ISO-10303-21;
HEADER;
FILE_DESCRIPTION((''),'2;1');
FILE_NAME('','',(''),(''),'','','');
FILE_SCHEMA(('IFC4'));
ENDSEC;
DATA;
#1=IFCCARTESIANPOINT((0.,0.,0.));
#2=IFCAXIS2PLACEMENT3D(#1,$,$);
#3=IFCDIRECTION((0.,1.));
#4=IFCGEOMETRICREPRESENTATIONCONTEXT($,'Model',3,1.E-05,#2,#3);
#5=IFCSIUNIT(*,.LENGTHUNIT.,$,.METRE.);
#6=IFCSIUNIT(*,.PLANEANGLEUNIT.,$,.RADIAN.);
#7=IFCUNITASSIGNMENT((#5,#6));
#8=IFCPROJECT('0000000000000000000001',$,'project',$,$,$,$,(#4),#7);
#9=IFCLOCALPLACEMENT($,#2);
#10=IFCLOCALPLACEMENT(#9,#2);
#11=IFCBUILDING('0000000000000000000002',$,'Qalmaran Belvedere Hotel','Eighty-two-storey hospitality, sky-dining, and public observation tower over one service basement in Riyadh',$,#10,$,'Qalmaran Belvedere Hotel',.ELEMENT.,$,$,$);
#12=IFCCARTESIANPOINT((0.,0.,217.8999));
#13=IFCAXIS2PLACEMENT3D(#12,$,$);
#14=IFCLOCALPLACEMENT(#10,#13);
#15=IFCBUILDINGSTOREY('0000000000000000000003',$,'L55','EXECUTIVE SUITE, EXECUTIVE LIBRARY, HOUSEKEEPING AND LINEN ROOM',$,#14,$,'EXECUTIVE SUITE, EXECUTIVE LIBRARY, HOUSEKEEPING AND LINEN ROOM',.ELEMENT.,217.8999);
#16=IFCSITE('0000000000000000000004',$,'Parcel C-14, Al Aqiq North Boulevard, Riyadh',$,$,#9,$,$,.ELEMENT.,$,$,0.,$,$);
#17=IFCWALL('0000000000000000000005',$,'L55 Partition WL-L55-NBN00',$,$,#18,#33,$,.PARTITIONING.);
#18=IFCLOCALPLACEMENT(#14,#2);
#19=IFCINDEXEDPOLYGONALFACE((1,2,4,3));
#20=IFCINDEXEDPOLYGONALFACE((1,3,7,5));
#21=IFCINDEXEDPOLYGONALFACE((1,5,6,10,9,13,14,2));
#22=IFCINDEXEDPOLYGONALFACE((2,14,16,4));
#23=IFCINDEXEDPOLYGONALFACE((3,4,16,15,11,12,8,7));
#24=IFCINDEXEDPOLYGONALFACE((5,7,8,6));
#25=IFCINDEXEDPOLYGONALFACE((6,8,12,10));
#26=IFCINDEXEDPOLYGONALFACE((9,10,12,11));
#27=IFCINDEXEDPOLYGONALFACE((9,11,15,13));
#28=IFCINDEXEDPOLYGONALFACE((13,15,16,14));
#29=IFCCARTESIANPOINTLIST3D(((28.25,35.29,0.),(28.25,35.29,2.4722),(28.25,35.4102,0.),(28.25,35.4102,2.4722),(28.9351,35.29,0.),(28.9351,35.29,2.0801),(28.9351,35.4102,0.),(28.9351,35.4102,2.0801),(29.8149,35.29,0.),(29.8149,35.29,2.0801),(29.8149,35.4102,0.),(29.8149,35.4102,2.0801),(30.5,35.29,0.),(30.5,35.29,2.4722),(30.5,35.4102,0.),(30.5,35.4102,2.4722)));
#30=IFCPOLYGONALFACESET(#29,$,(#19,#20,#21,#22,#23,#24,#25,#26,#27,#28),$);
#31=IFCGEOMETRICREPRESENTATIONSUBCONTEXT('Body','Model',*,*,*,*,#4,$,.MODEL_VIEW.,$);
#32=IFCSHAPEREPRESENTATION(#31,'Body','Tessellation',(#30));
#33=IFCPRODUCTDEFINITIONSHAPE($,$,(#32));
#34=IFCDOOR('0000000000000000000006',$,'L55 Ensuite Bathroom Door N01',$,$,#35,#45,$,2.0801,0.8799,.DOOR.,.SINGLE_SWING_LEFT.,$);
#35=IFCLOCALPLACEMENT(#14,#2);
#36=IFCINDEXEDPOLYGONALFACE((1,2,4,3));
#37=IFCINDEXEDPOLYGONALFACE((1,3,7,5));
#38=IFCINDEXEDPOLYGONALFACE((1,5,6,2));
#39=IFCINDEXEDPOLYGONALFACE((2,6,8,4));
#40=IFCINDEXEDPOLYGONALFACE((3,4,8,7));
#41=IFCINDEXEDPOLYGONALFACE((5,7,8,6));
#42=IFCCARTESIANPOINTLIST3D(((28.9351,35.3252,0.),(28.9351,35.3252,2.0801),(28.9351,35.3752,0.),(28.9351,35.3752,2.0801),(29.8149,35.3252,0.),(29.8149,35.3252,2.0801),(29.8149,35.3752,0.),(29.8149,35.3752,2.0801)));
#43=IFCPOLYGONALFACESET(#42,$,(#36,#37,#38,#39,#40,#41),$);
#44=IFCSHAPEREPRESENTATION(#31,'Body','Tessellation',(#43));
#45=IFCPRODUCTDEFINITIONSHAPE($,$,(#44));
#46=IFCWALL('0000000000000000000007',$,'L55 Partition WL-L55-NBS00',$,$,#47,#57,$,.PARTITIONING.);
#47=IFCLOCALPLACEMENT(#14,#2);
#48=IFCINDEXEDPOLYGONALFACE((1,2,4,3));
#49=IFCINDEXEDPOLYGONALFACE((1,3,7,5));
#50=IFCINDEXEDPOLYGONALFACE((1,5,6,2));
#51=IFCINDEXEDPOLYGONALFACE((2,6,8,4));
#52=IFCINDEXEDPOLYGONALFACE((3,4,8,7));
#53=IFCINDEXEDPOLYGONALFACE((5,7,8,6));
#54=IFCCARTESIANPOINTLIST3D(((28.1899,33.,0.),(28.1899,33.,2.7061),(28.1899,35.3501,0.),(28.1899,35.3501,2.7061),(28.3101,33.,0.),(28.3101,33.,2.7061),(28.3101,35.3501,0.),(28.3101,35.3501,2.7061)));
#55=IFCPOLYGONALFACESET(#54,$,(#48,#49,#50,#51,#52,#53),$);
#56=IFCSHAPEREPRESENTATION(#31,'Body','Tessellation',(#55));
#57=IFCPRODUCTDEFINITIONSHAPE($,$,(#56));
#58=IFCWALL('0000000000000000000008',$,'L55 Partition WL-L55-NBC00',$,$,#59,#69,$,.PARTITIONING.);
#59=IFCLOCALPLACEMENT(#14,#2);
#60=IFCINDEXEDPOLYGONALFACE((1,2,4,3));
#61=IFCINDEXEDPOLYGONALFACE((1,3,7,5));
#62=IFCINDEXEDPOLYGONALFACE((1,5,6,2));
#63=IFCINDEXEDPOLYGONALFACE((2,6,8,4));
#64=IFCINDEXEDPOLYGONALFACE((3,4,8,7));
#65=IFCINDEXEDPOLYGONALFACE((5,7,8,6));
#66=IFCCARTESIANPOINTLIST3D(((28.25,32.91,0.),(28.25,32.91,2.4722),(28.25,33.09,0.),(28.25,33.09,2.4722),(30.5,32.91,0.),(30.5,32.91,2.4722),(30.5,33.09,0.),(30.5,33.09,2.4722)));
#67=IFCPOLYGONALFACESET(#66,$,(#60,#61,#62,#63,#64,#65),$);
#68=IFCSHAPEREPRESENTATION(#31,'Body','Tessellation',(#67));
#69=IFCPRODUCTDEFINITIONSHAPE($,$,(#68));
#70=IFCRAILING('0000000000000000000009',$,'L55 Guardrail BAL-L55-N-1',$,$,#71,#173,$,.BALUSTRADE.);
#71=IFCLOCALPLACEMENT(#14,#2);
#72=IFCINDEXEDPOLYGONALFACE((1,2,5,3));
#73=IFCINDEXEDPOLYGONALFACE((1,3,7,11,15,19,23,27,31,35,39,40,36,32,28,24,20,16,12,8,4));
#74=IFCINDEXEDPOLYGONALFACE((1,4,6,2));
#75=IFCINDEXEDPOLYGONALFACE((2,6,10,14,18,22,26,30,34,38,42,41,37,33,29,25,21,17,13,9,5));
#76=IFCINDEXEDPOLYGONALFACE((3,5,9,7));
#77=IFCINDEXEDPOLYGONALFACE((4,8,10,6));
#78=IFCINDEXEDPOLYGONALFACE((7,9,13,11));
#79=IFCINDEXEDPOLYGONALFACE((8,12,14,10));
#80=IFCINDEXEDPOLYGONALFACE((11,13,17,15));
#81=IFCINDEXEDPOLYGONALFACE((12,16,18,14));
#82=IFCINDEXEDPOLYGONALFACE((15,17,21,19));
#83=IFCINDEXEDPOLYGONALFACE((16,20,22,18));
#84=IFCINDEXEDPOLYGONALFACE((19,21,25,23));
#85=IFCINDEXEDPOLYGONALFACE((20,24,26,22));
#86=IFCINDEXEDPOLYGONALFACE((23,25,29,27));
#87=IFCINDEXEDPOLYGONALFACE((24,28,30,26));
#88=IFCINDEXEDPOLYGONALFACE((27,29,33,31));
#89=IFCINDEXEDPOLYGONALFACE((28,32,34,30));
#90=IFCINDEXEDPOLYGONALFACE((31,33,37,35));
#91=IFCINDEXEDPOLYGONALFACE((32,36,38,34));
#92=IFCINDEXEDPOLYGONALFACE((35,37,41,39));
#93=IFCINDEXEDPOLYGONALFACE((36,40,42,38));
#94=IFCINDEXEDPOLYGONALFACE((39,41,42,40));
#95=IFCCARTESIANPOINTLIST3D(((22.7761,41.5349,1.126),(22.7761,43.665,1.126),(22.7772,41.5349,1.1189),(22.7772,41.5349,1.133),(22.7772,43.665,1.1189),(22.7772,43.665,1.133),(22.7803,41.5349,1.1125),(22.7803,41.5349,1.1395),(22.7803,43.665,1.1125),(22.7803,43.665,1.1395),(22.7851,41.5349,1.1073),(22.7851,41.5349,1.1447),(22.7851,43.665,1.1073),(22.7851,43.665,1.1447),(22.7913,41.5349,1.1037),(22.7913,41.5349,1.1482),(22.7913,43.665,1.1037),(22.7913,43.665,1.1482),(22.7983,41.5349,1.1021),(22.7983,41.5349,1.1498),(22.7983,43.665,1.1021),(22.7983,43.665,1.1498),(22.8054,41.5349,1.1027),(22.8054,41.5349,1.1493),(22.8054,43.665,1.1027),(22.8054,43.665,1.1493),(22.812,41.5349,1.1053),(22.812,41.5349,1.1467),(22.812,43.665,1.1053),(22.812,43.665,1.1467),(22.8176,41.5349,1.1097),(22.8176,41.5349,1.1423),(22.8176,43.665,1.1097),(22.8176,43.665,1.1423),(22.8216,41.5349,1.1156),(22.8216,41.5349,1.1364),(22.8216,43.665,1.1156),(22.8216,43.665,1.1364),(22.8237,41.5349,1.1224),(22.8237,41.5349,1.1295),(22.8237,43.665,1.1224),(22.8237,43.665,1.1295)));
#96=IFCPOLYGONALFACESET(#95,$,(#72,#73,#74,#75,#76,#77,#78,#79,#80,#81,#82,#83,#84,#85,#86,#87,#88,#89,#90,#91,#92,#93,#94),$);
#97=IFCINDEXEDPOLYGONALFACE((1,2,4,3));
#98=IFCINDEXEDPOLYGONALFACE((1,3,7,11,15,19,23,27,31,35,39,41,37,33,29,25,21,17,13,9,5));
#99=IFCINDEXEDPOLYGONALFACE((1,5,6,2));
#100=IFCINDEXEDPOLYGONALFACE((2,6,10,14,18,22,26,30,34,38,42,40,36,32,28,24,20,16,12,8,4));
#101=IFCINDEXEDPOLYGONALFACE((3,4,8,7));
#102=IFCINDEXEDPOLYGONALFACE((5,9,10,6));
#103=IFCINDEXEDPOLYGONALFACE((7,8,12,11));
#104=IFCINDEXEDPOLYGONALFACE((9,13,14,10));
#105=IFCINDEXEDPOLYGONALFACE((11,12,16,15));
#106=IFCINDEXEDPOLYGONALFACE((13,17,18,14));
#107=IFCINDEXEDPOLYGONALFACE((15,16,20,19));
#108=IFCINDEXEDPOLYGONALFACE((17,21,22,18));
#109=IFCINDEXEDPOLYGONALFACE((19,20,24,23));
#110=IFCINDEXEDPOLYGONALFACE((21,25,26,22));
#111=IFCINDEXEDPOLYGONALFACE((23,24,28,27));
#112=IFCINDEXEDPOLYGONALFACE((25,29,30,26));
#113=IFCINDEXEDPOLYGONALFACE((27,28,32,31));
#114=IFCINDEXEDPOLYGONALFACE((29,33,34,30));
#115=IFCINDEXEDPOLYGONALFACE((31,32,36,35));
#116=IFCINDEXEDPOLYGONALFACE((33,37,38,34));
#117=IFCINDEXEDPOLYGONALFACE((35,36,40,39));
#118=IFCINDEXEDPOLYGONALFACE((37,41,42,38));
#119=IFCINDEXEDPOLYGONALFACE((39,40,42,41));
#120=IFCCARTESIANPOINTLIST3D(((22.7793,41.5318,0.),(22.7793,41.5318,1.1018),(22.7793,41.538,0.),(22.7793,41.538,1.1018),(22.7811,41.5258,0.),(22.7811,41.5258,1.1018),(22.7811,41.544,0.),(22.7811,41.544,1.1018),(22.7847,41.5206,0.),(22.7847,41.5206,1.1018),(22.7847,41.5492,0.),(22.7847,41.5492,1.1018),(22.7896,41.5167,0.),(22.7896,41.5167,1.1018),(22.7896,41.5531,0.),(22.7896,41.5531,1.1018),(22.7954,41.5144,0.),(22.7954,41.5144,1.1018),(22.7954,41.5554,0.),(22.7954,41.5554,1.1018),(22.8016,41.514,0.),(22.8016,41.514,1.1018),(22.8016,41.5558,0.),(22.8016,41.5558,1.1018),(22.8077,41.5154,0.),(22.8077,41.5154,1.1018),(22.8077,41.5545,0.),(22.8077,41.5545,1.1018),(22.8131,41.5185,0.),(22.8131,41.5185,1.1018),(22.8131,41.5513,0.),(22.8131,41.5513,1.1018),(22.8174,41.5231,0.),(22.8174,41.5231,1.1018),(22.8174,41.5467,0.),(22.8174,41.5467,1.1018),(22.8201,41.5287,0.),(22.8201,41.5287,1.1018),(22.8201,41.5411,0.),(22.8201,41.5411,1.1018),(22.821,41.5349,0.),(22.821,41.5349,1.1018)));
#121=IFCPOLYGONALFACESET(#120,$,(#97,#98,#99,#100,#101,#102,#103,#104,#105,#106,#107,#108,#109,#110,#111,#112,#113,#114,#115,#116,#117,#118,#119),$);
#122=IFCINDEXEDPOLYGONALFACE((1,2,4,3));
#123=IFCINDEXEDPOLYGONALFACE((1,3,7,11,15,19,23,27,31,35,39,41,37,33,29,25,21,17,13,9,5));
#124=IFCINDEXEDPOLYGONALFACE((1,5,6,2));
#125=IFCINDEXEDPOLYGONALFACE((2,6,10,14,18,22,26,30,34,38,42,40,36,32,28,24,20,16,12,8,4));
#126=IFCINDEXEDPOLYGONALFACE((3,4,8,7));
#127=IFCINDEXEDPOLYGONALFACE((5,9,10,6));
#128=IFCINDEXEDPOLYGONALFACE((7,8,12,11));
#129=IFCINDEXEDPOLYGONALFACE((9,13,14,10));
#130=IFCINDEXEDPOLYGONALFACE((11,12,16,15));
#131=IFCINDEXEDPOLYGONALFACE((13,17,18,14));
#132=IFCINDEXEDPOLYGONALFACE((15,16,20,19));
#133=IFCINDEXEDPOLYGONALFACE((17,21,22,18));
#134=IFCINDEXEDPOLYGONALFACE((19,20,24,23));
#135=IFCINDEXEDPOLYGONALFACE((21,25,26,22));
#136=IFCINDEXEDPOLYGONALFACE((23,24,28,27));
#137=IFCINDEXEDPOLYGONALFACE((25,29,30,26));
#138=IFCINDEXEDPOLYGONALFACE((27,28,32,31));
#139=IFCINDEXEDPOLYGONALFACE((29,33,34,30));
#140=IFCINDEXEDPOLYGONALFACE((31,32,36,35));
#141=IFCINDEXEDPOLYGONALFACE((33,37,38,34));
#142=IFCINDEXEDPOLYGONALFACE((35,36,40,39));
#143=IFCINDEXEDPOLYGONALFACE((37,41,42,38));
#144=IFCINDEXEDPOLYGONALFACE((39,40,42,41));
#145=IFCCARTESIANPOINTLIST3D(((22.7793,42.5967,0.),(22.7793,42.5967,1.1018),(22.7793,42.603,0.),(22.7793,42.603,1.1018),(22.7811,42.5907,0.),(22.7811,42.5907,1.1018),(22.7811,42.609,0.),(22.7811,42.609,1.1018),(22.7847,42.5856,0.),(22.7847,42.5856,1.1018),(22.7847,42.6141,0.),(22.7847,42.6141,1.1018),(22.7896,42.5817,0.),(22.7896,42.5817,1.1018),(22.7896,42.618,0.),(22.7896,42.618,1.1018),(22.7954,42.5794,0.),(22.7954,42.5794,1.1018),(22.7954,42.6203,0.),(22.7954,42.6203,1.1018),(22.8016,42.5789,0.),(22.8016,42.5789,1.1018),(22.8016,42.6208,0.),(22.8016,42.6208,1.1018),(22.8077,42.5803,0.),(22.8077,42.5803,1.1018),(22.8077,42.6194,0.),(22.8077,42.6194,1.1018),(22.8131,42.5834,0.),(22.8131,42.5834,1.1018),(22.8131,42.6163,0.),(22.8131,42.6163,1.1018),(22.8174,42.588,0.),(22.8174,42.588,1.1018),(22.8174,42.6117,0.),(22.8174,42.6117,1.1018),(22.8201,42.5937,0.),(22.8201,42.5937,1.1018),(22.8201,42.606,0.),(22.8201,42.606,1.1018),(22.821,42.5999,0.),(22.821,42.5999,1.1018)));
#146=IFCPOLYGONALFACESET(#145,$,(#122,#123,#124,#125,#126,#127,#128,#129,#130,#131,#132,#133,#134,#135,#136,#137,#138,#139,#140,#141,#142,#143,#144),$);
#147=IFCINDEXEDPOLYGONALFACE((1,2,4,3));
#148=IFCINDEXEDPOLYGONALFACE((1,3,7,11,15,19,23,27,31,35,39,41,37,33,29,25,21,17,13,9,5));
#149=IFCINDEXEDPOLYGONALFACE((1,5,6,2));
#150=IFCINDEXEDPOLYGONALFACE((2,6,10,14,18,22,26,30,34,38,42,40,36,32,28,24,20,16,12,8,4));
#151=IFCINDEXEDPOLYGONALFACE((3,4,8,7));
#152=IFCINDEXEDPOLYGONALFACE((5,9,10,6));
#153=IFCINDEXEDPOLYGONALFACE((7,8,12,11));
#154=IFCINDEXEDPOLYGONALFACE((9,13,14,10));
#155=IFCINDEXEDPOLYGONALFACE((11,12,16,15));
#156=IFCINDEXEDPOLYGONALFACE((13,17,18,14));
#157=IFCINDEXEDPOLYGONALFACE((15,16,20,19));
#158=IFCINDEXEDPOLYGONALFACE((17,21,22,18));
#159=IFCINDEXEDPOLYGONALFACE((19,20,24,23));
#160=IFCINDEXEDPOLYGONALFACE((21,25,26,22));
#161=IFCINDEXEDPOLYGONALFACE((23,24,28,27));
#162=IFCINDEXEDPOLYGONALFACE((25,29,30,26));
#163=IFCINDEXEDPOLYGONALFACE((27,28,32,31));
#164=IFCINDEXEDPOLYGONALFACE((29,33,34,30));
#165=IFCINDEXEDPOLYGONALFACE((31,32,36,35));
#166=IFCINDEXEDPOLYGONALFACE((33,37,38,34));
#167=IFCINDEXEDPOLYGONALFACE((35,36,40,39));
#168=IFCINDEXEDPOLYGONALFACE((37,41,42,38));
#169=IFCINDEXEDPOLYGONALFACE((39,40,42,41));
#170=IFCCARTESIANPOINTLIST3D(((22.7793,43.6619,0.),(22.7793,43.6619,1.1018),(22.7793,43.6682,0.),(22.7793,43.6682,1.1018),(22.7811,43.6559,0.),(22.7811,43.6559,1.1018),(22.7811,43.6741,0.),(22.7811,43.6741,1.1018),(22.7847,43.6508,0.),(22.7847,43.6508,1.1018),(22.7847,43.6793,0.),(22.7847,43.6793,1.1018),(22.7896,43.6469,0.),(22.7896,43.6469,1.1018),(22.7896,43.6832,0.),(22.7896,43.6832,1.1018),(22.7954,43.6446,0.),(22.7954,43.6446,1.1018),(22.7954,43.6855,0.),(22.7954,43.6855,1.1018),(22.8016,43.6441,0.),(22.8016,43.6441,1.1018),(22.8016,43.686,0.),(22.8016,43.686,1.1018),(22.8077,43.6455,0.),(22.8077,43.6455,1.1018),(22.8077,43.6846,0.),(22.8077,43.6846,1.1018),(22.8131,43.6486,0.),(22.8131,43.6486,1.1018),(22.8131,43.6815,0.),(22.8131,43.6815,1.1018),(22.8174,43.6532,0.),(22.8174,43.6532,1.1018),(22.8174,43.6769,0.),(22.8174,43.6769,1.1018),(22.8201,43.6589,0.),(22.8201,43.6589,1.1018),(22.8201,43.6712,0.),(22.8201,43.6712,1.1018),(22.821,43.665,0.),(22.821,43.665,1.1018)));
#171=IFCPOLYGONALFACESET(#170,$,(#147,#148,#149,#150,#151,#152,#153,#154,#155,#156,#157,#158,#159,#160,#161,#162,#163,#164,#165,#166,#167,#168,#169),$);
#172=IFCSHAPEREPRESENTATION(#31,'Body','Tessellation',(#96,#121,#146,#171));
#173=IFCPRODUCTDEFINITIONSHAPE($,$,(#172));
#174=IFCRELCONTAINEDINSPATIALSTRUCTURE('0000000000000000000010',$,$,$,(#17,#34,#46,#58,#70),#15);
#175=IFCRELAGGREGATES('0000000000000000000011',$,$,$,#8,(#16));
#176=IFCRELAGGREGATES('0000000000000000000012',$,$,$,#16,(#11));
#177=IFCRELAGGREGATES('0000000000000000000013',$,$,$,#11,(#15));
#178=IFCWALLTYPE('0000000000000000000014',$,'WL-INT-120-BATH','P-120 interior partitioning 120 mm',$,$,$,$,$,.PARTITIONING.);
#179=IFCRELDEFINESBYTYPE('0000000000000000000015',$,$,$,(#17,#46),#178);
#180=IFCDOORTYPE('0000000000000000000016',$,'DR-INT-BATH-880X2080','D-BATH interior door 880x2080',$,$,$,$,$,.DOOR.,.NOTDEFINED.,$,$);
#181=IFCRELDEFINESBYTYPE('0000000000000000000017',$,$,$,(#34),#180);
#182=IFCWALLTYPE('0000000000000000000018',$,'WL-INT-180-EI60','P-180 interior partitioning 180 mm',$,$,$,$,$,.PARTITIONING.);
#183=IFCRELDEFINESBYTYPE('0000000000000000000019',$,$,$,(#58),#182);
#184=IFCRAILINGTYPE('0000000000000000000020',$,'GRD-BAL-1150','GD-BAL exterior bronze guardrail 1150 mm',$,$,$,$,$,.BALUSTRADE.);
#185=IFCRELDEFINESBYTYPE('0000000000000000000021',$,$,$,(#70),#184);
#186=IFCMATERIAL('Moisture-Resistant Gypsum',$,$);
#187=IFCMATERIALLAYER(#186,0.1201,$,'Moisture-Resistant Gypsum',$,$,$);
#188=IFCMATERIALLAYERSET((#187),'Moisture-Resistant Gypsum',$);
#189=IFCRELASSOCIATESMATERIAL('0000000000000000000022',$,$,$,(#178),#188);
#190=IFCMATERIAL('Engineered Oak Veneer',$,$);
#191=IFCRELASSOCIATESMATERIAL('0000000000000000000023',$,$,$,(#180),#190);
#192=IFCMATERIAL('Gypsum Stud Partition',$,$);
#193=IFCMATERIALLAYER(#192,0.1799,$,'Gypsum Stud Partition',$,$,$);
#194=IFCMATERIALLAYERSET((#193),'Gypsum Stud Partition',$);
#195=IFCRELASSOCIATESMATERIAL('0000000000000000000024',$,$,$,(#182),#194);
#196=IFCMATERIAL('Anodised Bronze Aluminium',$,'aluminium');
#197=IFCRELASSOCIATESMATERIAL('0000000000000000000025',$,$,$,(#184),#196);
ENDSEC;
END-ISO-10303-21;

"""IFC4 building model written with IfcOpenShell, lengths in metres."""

from ifc_helpers import new_model, si_unit, direction, frame, frame_2d, origin, origin_2d, place, context, subcontext, project, spatial, rectangle, circle, extrude, material, layer, layer_set, type_object, element, fill, save


model = new_model("IFC4")

# Units and contexts
model_context = context("Model", 3, precision=1e-05, world=origin(), true_north=direction((0.0, 1.0)))
body_context = subcontext(model_context, "Body", "Model", "MODEL_VIEW")
ifc_project = project(units=[si_unit("LENGTHUNIT", "METRE"), si_unit("PLANEANGLEUNIT", "RADIAN")], contexts=[model_context])

# Site, building, storey
site_placement = place(None, origin())
site = spatial("IfcSite", under=ifc_project, at=site_placement, Name="Parcel C-14, Al Aqiq North Boulevard, Riyadh", CompositionType="ELEMENT", RefElevation=0.0)
building_placement = place(site_placement, origin())
building = spatial("IfcBuilding", under=site, at=building_placement, Name="Qalmaran Belvedere Hotel", Description="Eighty-two-storey hospitality, sky-dining, and public observation tower over one service basement in Riyadh", LongName="Qalmaran Belvedere Hotel", CompositionType="ELEMENT")
storey_placement = place(building_placement, frame((0.0, 0.0, 217.8999)))
storey = spatial("IfcBuildingStorey", under=building, at=storey_placement, Name="L55", Description="EXECUTIVE SUITE, EXECUTIVE LIBRARY, HOUSEKEEPING AND LINEN ROOM", LongName="EXECUTIVE SUITE, EXECUTIVE LIBRARY, HOUSEKEEPING AND LINEN ROOM", CompositionType="ELEMENT", Elevation=217.8999)

# Shared definitions
ifc_material_1 = material(Name="Anodised Bronze Aluminium", Category="aluminium")

# Wall, opening, door
ifc_material_2 = material(Name="Moisture-Resistant Gypsum")
ifc_layer_1 = layer(ifc_material_2, 0.1201, Name="Moisture-Resistant Gypsum")
ifc_layer_set_1 = layer_set([ifc_layer_1], Name="Moisture-Resistant Gypsum")
wall_type_1 = type_object("IfcWallType", Name="WL-INT-120-BATH", Description="P-120 interior partitioning 120 mm", PredefinedType="PARTITIONING", material=ifc_layer_set_1)
wall_1_placement = place(storey_placement, frame((28.25, 35.3501, 0.0), z_axis=(0.0, 0.0, 1.0), x_axis=(1.0, 0.0, 0.0)))
wall_1 = element("IfcWall", 1, at=wall_1_placement, inside=storey, type_object=wall_type_1, Name="L55 Partition WL-L55-NBN00", PredefinedType="PARTITIONING", context=body_context, shape_type="SweptSolid", body=[
    extrude(rectangle(XDim=2.25, YDim=0.1201, at=frame_2d((1.125, 0.0))), origin(), (0.0, 0.0, 1.0), 2.4722),
])
opening_1_placement = place(wall_1_placement, frame((1.5649, 0.0, 0.0), z_axis=(0.0, 0.0, 1.0), x_axis=(-1.0, 0.0, 0.0)))
opening_1 = element("IfcOpeningElement", 2, at=opening_1_placement, cuts=wall_1, PredefinedType="OPENING", context=body_context, shape_type="SweptSolid", body=[
    extrude(rectangle(XDim=0.8799, YDim=2.0801, at=frame_2d((0.4399, 1.04))), frame((0.0, 0.0701, 0.0), z_axis=(0.0, -1.0, 0.0), x_axis=(1.0, 0.0, 0.0)), (0.0, 0.0, 1.0), 0.1401),
])
ifc_material_3 = material(Name="Engineered Oak Veneer")
door_type_1 = type_object("IfcDoorType", Name="DR-INT-BATH-880X2080", Description="D-BATH interior door 880x2080", OperationType="NOTDEFINED", PredefinedType="DOOR", material=ifc_material_3)
door_1_placement = place(opening_1_placement, origin())
door_1 = element("IfcDoor", 3, at=door_1_placement, inside=storey, type_object=door_type_1, Name="L55 Ensuite Bathroom Door N01", OperationType="SINGLE_SWING_LEFT", OverallHeight=2.0801, OverallWidth=0.8799, PredefinedType="DOOR", context=body_context, shape_type="SweptSolid", body=[
    extrude(rectangle(XDim=0.8799, YDim=2.0801, at=frame_2d((0.4399, 1.04))), frame((0.0, 0.0249, 0.0), z_axis=(0.0, -1.0, 0.0), x_axis=(1.0, 0.0, 0.0)), (0.0, 0.0, 1.0), 0.05),
])
fill(opening_1, door_1)

# Walls
wall_2_placement = place(storey_placement, frame((28.25, 33.0, 0.0), z_axis=(0.0, 0.0, 1.0), x_axis=(0.0, 1.0, 0.0)))
element("IfcWall", 4, at=wall_2_placement, inside=storey, type_object=wall_type_1, Name="L55 Partition WL-L55-NBS00", PredefinedType="PARTITIONING", context=body_context, shape_type="SweptSolid", body=[
    extrude(rectangle(XDim=2.3501, YDim=0.1201, at=frame_2d((1.175, 0.0))), origin(), (0.0, 0.0, 1.0), 2.7061),
])
ifc_material_4 = material(Name="Gypsum Stud Partition")
ifc_layer_2 = layer(ifc_material_4, 0.1799, Name="Gypsum Stud Partition")
ifc_layer_set_2 = layer_set([ifc_layer_2], Name="Gypsum Stud Partition")
wall_type_2 = type_object("IfcWallType", Name="WL-INT-180-EI60", Description="P-180 interior partitioning 180 mm", PredefinedType="PARTITIONING", material=ifc_layer_set_2)
wall_3_placement = place(storey_placement, frame((28.25, 33.0, 0.0), z_axis=(0.0, 0.0, 1.0), x_axis=(1.0, 0.0, 0.0)))
element("IfcWall", 5, at=wall_3_placement, inside=storey, type_object=wall_type_2, Name="L55 Partition WL-L55-NBC00", PredefinedType="PARTITIONING", context=body_context, shape_type="SweptSolid", body=[
    extrude(rectangle(XDim=2.25, YDim=0.1799, at=frame_2d((1.125, 0.0))), origin(), (0.0, 0.0, 1.0), 2.4722),
])

# Railing
railing_type = type_object("IfcRailingType", Name="GRD-BAL-1150", Description="GD-BAL exterior bronze guardrail 1150 mm", PredefinedType="BALUSTRADE", material=ifc_material_1)
railing_1_placement = place(storey_placement, frame((22.8, 41.5349, 0.0)))
element("IfcRailing", 6, at=railing_1_placement, inside=storey, type_object=railing_type, Name="L55 Guardrail BAL-L55-N-1", PredefinedType="BALUSTRADE", context=body_context, shape_type="SweptSolid", body=[
    extrude(circle(Radius=0.0239, at=origin_2d()), frame((0.0, 0.0, 1.126), z_axis=(0.0, 1.0, 0.0), x_axis=(-1.0, 0.0, 0.0)), (0.0, 0.0, 1.0), 2.1301),
    extrude(circle(Radius=0.021, at=origin_2d()), origin(), (0.0, 0.0, 1.0), 1.1018),
    extrude(circle(Radius=0.021, at=origin_2d()), frame((0.0, 1.0649, 0.0)), (0.0, 0.0, 1.0), 1.1018),
    extrude(circle(Radius=0.021, at=origin_2d()), frame((0.0, 2.1301, 0.0)), (0.0, 0.0, 1.0), 1.1018),
])

save(model, "model.ifc")
